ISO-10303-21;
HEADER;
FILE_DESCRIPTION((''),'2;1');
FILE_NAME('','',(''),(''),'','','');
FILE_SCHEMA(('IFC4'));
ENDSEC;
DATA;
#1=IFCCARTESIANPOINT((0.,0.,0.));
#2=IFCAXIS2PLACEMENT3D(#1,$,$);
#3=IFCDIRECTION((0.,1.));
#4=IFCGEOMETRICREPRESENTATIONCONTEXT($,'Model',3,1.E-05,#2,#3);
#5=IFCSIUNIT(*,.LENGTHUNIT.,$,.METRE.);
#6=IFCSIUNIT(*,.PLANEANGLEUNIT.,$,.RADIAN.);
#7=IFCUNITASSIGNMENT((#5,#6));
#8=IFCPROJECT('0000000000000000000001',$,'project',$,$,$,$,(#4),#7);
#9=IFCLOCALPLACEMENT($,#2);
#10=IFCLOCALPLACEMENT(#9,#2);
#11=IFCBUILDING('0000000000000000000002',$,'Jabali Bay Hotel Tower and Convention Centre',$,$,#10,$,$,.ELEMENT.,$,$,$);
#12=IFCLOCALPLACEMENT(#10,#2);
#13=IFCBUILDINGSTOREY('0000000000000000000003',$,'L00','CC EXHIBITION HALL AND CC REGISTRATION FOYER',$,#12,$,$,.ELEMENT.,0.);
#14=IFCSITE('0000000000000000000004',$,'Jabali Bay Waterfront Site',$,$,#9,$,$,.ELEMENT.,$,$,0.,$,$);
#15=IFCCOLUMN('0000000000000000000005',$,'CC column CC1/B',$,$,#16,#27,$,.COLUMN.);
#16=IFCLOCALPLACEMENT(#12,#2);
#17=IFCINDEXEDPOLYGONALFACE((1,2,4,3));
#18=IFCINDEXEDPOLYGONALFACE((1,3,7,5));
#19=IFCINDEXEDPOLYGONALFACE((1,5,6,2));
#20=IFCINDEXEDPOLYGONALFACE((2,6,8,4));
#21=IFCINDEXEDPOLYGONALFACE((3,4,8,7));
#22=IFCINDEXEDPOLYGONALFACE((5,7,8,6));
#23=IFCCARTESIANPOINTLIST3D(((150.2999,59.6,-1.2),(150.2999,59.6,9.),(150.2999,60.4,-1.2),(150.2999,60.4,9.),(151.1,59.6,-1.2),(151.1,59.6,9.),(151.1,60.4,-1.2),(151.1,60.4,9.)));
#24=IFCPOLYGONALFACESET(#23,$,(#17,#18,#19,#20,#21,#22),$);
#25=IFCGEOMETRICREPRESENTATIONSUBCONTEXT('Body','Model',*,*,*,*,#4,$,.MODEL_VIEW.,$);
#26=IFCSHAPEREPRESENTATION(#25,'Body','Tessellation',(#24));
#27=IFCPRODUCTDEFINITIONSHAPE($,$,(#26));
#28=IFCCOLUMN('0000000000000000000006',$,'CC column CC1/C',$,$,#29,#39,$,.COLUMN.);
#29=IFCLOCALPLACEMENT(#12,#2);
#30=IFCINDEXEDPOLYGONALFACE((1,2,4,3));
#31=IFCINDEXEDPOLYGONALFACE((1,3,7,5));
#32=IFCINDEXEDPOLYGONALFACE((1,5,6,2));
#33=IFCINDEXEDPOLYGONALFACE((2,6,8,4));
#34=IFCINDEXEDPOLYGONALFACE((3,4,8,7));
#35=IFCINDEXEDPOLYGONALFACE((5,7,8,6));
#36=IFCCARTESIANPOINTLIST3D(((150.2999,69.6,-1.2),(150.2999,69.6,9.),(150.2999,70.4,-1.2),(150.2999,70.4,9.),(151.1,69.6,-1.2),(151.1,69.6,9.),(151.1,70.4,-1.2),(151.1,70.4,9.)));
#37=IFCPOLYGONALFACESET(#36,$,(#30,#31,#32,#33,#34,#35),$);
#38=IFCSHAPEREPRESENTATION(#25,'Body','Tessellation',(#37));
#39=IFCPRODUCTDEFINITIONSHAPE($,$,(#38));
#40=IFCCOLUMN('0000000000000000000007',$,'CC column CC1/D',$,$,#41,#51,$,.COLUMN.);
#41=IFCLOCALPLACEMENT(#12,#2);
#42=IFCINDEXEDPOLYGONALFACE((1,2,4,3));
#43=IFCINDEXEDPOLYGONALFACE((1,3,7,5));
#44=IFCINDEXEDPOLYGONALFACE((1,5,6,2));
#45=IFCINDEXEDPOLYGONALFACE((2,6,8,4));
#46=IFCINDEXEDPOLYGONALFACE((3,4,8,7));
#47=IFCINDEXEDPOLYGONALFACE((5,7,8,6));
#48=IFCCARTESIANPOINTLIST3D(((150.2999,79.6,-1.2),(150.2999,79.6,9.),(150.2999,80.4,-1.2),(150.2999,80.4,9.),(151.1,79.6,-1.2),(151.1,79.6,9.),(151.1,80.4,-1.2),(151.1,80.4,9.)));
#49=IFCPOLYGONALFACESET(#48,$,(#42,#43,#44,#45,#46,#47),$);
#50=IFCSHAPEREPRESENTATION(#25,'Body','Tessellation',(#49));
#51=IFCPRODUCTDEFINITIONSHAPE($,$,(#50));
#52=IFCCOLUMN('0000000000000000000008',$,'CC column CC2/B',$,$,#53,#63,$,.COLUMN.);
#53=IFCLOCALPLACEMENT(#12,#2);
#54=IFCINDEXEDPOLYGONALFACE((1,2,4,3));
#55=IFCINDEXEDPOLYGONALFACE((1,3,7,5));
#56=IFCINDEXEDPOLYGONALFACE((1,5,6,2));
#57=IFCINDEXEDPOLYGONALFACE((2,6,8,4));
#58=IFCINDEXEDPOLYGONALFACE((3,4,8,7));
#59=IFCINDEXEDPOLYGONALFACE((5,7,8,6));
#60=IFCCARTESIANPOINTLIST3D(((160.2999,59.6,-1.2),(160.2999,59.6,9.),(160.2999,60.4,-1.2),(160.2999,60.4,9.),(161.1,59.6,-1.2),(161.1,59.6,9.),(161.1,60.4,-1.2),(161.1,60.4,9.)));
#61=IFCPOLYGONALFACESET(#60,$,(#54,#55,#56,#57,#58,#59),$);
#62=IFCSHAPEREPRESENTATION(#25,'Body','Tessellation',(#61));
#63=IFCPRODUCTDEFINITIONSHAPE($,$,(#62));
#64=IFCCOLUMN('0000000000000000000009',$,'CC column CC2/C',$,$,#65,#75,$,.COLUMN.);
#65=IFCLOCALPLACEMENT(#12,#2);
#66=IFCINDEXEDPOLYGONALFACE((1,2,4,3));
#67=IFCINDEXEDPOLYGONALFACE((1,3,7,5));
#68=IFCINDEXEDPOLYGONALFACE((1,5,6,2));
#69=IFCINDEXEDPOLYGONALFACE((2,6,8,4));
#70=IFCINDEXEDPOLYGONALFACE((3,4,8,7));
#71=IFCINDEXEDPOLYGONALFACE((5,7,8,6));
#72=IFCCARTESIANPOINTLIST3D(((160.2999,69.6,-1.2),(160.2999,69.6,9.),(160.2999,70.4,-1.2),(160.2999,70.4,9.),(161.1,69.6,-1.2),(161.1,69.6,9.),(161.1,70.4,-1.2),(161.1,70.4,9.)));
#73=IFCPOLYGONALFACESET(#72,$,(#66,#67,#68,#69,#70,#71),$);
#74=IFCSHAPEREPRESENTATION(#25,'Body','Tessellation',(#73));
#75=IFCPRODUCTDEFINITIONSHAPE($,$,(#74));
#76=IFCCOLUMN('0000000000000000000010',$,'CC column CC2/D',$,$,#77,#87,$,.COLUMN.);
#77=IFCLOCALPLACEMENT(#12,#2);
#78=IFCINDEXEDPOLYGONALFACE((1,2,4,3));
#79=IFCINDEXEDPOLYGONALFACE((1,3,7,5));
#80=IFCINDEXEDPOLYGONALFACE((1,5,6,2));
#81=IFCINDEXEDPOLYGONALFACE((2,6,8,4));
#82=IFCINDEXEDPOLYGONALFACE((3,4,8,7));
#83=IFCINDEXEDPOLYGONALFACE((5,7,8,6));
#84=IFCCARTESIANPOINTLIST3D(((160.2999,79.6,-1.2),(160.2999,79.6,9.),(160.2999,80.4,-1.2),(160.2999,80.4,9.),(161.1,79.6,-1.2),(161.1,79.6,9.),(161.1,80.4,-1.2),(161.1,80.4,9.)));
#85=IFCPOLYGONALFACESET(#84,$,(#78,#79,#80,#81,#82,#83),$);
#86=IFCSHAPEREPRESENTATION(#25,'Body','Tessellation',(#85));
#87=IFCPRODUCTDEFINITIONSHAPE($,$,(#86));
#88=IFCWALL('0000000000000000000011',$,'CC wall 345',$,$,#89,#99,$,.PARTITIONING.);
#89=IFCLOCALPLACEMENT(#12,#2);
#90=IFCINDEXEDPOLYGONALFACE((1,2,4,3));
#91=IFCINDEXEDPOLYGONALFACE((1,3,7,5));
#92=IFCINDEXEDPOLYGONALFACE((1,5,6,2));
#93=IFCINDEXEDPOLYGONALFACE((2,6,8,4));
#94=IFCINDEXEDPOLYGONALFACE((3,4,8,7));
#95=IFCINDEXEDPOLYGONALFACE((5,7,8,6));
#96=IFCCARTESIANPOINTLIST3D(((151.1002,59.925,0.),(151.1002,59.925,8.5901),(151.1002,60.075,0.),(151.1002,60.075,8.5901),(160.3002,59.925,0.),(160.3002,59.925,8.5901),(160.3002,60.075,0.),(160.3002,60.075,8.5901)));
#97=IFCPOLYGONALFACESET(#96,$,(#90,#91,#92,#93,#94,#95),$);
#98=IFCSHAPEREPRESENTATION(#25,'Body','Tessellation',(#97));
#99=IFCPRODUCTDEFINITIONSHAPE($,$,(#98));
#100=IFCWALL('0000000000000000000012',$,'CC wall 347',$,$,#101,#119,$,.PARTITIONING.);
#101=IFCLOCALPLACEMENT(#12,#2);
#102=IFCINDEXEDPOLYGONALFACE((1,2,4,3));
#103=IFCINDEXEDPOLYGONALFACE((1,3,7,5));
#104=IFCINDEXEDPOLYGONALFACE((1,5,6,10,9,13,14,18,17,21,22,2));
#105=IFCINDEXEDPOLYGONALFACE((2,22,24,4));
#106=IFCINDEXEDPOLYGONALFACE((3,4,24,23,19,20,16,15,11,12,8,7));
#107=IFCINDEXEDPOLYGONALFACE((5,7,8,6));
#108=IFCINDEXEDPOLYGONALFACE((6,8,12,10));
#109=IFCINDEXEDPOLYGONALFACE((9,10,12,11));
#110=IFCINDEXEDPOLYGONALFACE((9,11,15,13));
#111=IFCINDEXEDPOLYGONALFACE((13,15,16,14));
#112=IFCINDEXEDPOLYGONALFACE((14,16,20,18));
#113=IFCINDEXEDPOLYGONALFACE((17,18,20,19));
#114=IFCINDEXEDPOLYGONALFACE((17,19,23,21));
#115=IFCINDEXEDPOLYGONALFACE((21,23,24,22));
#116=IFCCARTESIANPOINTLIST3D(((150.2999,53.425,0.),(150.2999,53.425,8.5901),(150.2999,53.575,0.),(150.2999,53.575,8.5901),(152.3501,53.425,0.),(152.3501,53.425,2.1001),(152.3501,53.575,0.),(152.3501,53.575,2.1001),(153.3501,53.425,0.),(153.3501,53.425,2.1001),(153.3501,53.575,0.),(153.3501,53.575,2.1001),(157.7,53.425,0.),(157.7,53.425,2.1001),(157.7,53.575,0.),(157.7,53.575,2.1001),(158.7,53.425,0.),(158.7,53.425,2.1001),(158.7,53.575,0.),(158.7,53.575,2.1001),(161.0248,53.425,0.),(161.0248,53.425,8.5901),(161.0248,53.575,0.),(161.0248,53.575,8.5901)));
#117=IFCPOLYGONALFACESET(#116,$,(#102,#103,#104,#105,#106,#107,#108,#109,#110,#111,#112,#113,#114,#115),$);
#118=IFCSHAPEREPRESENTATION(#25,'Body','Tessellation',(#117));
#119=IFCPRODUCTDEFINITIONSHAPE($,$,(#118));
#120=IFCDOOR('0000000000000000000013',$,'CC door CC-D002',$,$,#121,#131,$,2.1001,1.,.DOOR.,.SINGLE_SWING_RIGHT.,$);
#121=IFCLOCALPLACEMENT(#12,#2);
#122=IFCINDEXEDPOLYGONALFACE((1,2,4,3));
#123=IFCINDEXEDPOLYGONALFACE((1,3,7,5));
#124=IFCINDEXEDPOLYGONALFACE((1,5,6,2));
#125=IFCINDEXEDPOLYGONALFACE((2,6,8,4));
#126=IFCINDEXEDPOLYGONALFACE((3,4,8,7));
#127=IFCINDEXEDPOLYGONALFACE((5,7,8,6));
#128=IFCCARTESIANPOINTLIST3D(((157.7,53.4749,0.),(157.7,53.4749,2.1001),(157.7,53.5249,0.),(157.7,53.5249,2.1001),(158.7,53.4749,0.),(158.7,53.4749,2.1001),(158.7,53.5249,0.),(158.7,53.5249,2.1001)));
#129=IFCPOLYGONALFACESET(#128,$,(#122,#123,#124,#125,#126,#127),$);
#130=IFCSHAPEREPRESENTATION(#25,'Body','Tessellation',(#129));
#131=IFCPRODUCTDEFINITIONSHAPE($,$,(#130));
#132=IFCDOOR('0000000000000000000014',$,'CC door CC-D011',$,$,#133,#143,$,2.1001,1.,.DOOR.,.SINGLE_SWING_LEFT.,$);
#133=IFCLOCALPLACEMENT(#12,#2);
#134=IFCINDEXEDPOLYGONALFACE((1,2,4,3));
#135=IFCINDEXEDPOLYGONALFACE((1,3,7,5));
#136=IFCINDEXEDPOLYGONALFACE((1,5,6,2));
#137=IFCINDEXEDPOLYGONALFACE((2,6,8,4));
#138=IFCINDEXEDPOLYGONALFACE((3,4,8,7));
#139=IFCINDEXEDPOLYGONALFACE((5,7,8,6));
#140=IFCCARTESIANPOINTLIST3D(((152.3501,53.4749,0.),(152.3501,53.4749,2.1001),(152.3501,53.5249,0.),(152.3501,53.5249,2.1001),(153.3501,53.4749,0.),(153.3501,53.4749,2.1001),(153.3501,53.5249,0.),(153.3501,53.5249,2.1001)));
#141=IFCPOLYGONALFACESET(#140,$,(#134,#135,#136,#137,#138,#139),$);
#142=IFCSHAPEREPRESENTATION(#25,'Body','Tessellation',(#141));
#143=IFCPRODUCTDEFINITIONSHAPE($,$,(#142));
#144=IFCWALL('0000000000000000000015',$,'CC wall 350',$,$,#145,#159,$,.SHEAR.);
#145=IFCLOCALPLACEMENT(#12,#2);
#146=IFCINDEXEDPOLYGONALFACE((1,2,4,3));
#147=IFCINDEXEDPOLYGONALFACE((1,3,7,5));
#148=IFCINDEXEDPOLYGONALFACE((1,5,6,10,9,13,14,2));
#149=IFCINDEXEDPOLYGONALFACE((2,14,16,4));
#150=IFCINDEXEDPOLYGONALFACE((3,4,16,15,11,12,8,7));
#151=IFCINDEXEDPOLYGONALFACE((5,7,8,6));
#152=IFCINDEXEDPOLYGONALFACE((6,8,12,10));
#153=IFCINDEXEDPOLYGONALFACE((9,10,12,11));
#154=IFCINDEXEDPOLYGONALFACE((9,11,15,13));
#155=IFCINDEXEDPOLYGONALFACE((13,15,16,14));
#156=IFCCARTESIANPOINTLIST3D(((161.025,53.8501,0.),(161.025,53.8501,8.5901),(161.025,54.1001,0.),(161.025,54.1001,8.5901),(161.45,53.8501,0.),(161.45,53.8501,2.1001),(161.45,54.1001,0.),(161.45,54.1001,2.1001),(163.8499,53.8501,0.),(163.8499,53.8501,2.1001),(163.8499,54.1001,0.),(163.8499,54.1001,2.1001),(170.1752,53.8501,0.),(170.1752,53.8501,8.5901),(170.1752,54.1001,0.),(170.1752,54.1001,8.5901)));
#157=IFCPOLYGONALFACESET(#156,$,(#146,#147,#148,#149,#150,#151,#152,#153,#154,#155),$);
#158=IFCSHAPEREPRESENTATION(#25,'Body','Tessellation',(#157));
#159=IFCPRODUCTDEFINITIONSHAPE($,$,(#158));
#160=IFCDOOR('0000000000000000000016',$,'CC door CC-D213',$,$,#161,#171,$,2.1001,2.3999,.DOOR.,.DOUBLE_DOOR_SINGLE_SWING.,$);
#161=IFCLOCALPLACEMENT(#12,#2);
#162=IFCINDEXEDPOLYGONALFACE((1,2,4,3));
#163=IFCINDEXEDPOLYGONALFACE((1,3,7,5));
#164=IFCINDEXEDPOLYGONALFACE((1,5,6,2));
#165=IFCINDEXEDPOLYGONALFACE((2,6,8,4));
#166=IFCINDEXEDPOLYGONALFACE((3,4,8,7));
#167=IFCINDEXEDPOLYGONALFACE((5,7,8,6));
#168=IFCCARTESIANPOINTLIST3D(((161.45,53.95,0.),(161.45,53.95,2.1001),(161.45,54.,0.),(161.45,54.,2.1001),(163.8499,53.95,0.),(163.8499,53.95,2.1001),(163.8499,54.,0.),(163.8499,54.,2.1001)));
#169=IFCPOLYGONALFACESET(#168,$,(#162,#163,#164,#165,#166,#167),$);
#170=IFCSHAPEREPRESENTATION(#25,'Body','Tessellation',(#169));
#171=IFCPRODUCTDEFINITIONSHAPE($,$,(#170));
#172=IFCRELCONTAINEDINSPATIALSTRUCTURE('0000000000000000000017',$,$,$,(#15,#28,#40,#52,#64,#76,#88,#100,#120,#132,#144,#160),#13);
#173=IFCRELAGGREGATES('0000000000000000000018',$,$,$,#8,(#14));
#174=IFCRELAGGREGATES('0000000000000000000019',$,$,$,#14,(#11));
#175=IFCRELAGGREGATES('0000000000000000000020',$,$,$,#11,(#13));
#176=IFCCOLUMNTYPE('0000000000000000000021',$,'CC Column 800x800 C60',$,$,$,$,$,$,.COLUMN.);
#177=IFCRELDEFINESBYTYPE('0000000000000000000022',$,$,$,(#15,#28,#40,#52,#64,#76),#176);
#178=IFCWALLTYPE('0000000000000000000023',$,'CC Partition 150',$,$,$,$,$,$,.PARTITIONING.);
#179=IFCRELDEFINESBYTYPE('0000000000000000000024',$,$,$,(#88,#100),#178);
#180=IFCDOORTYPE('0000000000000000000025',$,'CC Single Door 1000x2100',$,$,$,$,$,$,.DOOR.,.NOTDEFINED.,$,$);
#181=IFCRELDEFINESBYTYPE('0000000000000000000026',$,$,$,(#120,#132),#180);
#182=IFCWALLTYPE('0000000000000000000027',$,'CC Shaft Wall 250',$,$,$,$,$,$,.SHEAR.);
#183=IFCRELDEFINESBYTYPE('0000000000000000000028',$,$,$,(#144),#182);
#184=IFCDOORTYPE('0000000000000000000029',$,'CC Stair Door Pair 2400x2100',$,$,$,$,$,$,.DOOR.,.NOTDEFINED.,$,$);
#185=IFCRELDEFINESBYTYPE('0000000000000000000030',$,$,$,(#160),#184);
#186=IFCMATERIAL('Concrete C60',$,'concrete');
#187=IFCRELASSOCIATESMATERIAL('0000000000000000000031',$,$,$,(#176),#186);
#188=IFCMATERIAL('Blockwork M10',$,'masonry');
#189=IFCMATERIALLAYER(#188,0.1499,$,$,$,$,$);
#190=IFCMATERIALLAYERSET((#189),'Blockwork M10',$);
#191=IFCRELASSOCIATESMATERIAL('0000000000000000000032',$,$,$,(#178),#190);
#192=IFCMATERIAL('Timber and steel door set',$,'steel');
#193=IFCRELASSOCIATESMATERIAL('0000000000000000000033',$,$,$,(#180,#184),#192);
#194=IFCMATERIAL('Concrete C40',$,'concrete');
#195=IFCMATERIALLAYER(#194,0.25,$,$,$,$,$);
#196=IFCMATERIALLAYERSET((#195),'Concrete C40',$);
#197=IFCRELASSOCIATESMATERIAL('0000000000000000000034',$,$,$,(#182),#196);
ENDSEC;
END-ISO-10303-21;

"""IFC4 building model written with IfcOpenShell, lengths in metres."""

from ifc_helpers import new_model, si_unit, direction, frame, frame_2d, origin, origin_2d, place, context, subcontext, project, spatial, rectangle, extrude, material, layer, layer_set, material_profile, profile_set, type_object, element, fill, save


model = new_model("IFC4")

# Units and contexts
model_context = context("Model", 3, precision=1e-05, world=origin(), true_north=direction((0.0, 1.0)))
body_context = subcontext(model_context, "Body", "Model", "MODEL_VIEW")
ifc_project = project(units=[si_unit("LENGTHUNIT", "METRE"), si_unit("PLANEANGLEUNIT", "RADIAN")], contexts=[model_context])

# Site, building, storey
site_placement = place(None, origin())
site = spatial("IfcSite", under=ifc_project, at=site_placement, Name="Jabali Bay Waterfront Site", CompositionType="ELEMENT", RefElevation=0.0)
building_placement = place(site_placement, origin())
building = spatial("IfcBuilding", under=site, at=building_placement, Name="Jabali Bay Hotel Tower and Convention Centre", CompositionType="ELEMENT")
storey_placement = place(building_placement, origin())
storey = spatial("IfcBuildingStorey", under=building, at=storey_placement, Name="L00", Description="CC EXHIBITION HALL AND CC REGISTRATION FOYER", CompositionType="ELEMENT", Elevation=0.0)

# Columns
ifc_material_1 = material(Name="Concrete C60", Category="concrete")
ifc_material_profile_1 = material_profile(ifc_material_1, rectangle(XDim=0.8, YDim=0.8, at=origin_2d()), Name="RC 800x800")
ifc_profile_set_1 = profile_set([ifc_material_profile_1], Name="Concrete C60")
column_type = type_object("IfcColumnType", Name="CC Column 800x800 C60", PredefinedType="COLUMN", material=ifc_profile_set_1)
for number, where, z_axis, x_axis, name in (
    (1, (150.7, 60.0, -1.2), (0.0, 0.0, 1.0), (1.0, 0.0, 0.0), "CC column CC1/B"),
    (2, (150.7, 70.0, -1.2), (0.0, 0.0, 1.0), (1.0, 0.0, 0.0), "CC column CC1/C"),
    (3, (150.7, 80.0, -1.2), (0.0, 0.0, 1.0), (1.0, 0.0, 0.0), "CC column CC1/D"),
    (4, (160.7, 60.0, -1.2), (0.0, 0.0, 1.0), (1.0, 0.0, 0.0), "CC column CC2/B"),
    (5, (160.7, 70.0, -1.2), (0.0, 0.0, 1.0), (1.0, 0.0, 0.0), "CC column CC2/C"),
    (6, (160.7, 80.0, -1.2), (0.0, 0.0, 1.0), (1.0, 0.0, 0.0), "CC column CC2/D"),
):
    element("IfcColumn", number, at=place(storey_placement, frame(where, z_axis=z_axis, x_axis=x_axis)), inside=storey, type_object=column_type, Name=name, PredefinedType="COLUMN", context=body_context, shape_type="SweptSolid", body=[
        extrude(rectangle(XDim=0.8, YDim=0.8, at=origin_2d()), origin(), (0.0, 0.0, 1.0), 10.2),
    ])

# Wall
ifc_material_2 = material(Name="Blockwork M10", Category="masonry")
ifc_layer_1 = layer(ifc_material_2, 0.1499)
ifc_layer_set_1 = layer_set([ifc_layer_1], Name="Blockwork M10")
wall_type_1 = type_object("IfcWallType", Name="CC Partition 150", PredefinedType="PARTITIONING", material=ifc_layer_set_1)
wall_1_placement = place(storey_placement, frame((151.1001, 60.0, 0.0), z_axis=(0.0, 0.0, 1.0), x_axis=(1.0, 0.0, 0.0)))
element("IfcWall", 7, at=wall_1_placement, inside=storey, type_object=wall_type_1, Name="CC wall 345", PredefinedType="PARTITIONING", context=body_context, shape_type="SweptSolid", body=[
    extrude(rectangle(XDim=9.2, YDim=0.1499, at=frame_2d((4.6001, 0.0))), origin(), (0.0, 0.0, 1.0), 8.5901),
])

# Wall, openings, doors
wall_2_placement = place(storey_placement, frame((150.3, 53.5, 0.0), z_axis=(0.0, 0.0, 1.0), x_axis=(1.0, 0.0, 0.0)))
wall_2 = element("IfcWall", 8, at=wall_2_placement, inside=storey, type_object=wall_type_1, Name="CC wall 347", PredefinedType="PARTITIONING", context=body_context, shape_type="SweptSolid", body=[
    extrude(rectangle(XDim=10.7249, YDim=0.1499, at=frame_2d((5.3623, 0.0))), origin(), (0.0, 0.0, 1.0), 8.5901),
])
opening_1_placement = place(wall_2_placement, frame((7.3999, 0.0, 0.0)))
opening_1 = element("IfcOpeningElement", 9, at=opening_1_placement, cuts=wall_2, PredefinedType="OPENING", context=body_context, shape_type="SweptSolid", body=[
    extrude(rectangle(XDim=1.0, YDim=2.1001, at=frame_2d((0.5, 1.05))), frame((0.0, 0.0854, 0.0), z_axis=(0.0, -1.0, 0.0), x_axis=(1.0, 0.0, 0.0)), (0.0, 0.0, 1.0), 0.1709),
])
opening_2_placement = place(wall_2_placement, frame((2.05, 0.0, 0.0)))
opening_2 = element("IfcOpeningElement", 10, at=opening_2_placement, cuts=wall_2, PredefinedType="OPENING", context=body_context, shape_type="SweptSolid", body=[
    extrude(rectangle(XDim=1.0, YDim=2.1001, at=frame_2d((0.5, 1.05))), frame((0.0, 0.0854, 0.0), z_axis=(0.0, -1.0, 0.0), x_axis=(1.0, 0.0, 0.0)), (0.0, 0.0, 1.0), 0.1709),
])
ifc_material_3 = material(Name="Timber and steel door set", Category="steel")
door_type_1 = type_object("IfcDoorType", Name="CC Single Door 1000x2100", OperationType="NOTDEFINED", PredefinedType="DOOR", material=ifc_material_3)
door_1_placement = place(opening_1_placement, origin())
door_1 = element("IfcDoor", 11, at=door_1_placement, inside=storey, type_object=door_type_1, Name="CC door CC-D002", OperationType="SINGLE_SWING_RIGHT", OverallHeight=2.1001, OverallWidth=1.0, PredefinedType="DOOR", context=body_context, shape_type="SweptSolid", body=[
    extrude(rectangle(XDim=1.0, YDim=2.1001, at=frame_2d((0.5, 1.05))), frame((0.0, 0.0249, 0.0), z_axis=(0.0, -1.0, 0.0), x_axis=(1.0, 0.0, 0.0)), (0.0, 0.0, 1.0), 0.05),
])
fill(opening_1, door_1)
door_2_placement = place(opening_2_placement, origin())
door_2 = element("IfcDoor", 12, at=door_2_placement, inside=storey, type_object=door_type_1, Name="CC door CC-D011", OperationType="SINGLE_SWING_LEFT", OverallHeight=2.1001, OverallWidth=1.0, PredefinedType="DOOR", context=body_context, shape_type="SweptSolid", body=[
    extrude(rectangle(XDim=1.0, YDim=2.1001, at=frame_2d((0.5, 1.05))), frame((0.0, 0.0249, 0.0), z_axis=(0.0, -1.0, 0.0), x_axis=(1.0, 0.0, 0.0)), (0.0, 0.0, 1.0), 0.05),
])
fill(opening_2, door_2)

# Wall, opening, door
ifc_material_4 = material(Name="Concrete C40", Category="concrete")
ifc_layer_2 = layer(ifc_material_4, 0.25)
ifc_layer_set_2 = layer_set([ifc_layer_2], Name="Concrete C40")
wall_type_2 = type_object("IfcWallType", Name="CC Shaft Wall 250", PredefinedType="SHEAR", material=ifc_layer_set_2)
wall_3_placement = place(storey_placement, frame((161.0249, 53.9751, 0.0), z_axis=(0.0, 0.0, 1.0), x_axis=(1.0, 0.0, 0.0)))
wall_3 = element("IfcWall", 13, at=wall_3_placement, inside=storey, type_object=wall_type_2, Name="CC wall 350", PredefinedType="SHEAR", context=body_context, shape_type="SweptSolid", body=[
    extrude(rectangle(XDim=9.1501, YDim=0.25, at=frame_2d((4.5752, 0.0))), origin(), (0.0, 0.0, 1.0), 8.5901),
])
opening_3_placement = place(wall_3_placement, frame((0.425, 0.0, 0.0)))
opening_3 = element("IfcOpeningElement", 14, at=opening_3_placement, cuts=wall_3, PredefinedType="OPENING", context=body_context, shape_type="SweptSolid", body=[
    extrude(rectangle(XDim=2.3999, YDim=2.1001, at=frame_2d((1.2, 1.05))), frame((0.0, 0.1355, 0.0), z_axis=(0.0, -1.0, 0.0), x_axis=(1.0, 0.0, 0.0)), (0.0, 0.0, 1.0), 0.271),
])
door_type_2 = type_object("IfcDoorType", Name="CC Stair Door Pair 2400x2100", OperationType="NOTDEFINED", PredefinedType="DOOR", material=ifc_material_3)
door_3_placement = place(opening_3_placement, origin())
door_3 = element("IfcDoor", 15, at=door_3_placement, inside=storey, type_object=door_type_2, Name="CC door CC-D213", OperationType="DOUBLE_DOOR_SINGLE_SWING", OverallHeight=2.1001, OverallWidth=2.3999, PredefinedType="DOOR", context=body_context, shape_type="SweptSolid", body=[
    extrude(rectangle(XDim=2.3999, YDim=2.1001, at=frame_2d((1.2, 1.05))), frame((0.0, 0.0249, 0.0), z_axis=(0.0, -1.0, 0.0), x_axis=(1.0, 0.0, 0.0)), (0.0, 0.0, 1.0), 0.05),
])
fill(opening_3, door_3)

save(model, "model.ifc")
